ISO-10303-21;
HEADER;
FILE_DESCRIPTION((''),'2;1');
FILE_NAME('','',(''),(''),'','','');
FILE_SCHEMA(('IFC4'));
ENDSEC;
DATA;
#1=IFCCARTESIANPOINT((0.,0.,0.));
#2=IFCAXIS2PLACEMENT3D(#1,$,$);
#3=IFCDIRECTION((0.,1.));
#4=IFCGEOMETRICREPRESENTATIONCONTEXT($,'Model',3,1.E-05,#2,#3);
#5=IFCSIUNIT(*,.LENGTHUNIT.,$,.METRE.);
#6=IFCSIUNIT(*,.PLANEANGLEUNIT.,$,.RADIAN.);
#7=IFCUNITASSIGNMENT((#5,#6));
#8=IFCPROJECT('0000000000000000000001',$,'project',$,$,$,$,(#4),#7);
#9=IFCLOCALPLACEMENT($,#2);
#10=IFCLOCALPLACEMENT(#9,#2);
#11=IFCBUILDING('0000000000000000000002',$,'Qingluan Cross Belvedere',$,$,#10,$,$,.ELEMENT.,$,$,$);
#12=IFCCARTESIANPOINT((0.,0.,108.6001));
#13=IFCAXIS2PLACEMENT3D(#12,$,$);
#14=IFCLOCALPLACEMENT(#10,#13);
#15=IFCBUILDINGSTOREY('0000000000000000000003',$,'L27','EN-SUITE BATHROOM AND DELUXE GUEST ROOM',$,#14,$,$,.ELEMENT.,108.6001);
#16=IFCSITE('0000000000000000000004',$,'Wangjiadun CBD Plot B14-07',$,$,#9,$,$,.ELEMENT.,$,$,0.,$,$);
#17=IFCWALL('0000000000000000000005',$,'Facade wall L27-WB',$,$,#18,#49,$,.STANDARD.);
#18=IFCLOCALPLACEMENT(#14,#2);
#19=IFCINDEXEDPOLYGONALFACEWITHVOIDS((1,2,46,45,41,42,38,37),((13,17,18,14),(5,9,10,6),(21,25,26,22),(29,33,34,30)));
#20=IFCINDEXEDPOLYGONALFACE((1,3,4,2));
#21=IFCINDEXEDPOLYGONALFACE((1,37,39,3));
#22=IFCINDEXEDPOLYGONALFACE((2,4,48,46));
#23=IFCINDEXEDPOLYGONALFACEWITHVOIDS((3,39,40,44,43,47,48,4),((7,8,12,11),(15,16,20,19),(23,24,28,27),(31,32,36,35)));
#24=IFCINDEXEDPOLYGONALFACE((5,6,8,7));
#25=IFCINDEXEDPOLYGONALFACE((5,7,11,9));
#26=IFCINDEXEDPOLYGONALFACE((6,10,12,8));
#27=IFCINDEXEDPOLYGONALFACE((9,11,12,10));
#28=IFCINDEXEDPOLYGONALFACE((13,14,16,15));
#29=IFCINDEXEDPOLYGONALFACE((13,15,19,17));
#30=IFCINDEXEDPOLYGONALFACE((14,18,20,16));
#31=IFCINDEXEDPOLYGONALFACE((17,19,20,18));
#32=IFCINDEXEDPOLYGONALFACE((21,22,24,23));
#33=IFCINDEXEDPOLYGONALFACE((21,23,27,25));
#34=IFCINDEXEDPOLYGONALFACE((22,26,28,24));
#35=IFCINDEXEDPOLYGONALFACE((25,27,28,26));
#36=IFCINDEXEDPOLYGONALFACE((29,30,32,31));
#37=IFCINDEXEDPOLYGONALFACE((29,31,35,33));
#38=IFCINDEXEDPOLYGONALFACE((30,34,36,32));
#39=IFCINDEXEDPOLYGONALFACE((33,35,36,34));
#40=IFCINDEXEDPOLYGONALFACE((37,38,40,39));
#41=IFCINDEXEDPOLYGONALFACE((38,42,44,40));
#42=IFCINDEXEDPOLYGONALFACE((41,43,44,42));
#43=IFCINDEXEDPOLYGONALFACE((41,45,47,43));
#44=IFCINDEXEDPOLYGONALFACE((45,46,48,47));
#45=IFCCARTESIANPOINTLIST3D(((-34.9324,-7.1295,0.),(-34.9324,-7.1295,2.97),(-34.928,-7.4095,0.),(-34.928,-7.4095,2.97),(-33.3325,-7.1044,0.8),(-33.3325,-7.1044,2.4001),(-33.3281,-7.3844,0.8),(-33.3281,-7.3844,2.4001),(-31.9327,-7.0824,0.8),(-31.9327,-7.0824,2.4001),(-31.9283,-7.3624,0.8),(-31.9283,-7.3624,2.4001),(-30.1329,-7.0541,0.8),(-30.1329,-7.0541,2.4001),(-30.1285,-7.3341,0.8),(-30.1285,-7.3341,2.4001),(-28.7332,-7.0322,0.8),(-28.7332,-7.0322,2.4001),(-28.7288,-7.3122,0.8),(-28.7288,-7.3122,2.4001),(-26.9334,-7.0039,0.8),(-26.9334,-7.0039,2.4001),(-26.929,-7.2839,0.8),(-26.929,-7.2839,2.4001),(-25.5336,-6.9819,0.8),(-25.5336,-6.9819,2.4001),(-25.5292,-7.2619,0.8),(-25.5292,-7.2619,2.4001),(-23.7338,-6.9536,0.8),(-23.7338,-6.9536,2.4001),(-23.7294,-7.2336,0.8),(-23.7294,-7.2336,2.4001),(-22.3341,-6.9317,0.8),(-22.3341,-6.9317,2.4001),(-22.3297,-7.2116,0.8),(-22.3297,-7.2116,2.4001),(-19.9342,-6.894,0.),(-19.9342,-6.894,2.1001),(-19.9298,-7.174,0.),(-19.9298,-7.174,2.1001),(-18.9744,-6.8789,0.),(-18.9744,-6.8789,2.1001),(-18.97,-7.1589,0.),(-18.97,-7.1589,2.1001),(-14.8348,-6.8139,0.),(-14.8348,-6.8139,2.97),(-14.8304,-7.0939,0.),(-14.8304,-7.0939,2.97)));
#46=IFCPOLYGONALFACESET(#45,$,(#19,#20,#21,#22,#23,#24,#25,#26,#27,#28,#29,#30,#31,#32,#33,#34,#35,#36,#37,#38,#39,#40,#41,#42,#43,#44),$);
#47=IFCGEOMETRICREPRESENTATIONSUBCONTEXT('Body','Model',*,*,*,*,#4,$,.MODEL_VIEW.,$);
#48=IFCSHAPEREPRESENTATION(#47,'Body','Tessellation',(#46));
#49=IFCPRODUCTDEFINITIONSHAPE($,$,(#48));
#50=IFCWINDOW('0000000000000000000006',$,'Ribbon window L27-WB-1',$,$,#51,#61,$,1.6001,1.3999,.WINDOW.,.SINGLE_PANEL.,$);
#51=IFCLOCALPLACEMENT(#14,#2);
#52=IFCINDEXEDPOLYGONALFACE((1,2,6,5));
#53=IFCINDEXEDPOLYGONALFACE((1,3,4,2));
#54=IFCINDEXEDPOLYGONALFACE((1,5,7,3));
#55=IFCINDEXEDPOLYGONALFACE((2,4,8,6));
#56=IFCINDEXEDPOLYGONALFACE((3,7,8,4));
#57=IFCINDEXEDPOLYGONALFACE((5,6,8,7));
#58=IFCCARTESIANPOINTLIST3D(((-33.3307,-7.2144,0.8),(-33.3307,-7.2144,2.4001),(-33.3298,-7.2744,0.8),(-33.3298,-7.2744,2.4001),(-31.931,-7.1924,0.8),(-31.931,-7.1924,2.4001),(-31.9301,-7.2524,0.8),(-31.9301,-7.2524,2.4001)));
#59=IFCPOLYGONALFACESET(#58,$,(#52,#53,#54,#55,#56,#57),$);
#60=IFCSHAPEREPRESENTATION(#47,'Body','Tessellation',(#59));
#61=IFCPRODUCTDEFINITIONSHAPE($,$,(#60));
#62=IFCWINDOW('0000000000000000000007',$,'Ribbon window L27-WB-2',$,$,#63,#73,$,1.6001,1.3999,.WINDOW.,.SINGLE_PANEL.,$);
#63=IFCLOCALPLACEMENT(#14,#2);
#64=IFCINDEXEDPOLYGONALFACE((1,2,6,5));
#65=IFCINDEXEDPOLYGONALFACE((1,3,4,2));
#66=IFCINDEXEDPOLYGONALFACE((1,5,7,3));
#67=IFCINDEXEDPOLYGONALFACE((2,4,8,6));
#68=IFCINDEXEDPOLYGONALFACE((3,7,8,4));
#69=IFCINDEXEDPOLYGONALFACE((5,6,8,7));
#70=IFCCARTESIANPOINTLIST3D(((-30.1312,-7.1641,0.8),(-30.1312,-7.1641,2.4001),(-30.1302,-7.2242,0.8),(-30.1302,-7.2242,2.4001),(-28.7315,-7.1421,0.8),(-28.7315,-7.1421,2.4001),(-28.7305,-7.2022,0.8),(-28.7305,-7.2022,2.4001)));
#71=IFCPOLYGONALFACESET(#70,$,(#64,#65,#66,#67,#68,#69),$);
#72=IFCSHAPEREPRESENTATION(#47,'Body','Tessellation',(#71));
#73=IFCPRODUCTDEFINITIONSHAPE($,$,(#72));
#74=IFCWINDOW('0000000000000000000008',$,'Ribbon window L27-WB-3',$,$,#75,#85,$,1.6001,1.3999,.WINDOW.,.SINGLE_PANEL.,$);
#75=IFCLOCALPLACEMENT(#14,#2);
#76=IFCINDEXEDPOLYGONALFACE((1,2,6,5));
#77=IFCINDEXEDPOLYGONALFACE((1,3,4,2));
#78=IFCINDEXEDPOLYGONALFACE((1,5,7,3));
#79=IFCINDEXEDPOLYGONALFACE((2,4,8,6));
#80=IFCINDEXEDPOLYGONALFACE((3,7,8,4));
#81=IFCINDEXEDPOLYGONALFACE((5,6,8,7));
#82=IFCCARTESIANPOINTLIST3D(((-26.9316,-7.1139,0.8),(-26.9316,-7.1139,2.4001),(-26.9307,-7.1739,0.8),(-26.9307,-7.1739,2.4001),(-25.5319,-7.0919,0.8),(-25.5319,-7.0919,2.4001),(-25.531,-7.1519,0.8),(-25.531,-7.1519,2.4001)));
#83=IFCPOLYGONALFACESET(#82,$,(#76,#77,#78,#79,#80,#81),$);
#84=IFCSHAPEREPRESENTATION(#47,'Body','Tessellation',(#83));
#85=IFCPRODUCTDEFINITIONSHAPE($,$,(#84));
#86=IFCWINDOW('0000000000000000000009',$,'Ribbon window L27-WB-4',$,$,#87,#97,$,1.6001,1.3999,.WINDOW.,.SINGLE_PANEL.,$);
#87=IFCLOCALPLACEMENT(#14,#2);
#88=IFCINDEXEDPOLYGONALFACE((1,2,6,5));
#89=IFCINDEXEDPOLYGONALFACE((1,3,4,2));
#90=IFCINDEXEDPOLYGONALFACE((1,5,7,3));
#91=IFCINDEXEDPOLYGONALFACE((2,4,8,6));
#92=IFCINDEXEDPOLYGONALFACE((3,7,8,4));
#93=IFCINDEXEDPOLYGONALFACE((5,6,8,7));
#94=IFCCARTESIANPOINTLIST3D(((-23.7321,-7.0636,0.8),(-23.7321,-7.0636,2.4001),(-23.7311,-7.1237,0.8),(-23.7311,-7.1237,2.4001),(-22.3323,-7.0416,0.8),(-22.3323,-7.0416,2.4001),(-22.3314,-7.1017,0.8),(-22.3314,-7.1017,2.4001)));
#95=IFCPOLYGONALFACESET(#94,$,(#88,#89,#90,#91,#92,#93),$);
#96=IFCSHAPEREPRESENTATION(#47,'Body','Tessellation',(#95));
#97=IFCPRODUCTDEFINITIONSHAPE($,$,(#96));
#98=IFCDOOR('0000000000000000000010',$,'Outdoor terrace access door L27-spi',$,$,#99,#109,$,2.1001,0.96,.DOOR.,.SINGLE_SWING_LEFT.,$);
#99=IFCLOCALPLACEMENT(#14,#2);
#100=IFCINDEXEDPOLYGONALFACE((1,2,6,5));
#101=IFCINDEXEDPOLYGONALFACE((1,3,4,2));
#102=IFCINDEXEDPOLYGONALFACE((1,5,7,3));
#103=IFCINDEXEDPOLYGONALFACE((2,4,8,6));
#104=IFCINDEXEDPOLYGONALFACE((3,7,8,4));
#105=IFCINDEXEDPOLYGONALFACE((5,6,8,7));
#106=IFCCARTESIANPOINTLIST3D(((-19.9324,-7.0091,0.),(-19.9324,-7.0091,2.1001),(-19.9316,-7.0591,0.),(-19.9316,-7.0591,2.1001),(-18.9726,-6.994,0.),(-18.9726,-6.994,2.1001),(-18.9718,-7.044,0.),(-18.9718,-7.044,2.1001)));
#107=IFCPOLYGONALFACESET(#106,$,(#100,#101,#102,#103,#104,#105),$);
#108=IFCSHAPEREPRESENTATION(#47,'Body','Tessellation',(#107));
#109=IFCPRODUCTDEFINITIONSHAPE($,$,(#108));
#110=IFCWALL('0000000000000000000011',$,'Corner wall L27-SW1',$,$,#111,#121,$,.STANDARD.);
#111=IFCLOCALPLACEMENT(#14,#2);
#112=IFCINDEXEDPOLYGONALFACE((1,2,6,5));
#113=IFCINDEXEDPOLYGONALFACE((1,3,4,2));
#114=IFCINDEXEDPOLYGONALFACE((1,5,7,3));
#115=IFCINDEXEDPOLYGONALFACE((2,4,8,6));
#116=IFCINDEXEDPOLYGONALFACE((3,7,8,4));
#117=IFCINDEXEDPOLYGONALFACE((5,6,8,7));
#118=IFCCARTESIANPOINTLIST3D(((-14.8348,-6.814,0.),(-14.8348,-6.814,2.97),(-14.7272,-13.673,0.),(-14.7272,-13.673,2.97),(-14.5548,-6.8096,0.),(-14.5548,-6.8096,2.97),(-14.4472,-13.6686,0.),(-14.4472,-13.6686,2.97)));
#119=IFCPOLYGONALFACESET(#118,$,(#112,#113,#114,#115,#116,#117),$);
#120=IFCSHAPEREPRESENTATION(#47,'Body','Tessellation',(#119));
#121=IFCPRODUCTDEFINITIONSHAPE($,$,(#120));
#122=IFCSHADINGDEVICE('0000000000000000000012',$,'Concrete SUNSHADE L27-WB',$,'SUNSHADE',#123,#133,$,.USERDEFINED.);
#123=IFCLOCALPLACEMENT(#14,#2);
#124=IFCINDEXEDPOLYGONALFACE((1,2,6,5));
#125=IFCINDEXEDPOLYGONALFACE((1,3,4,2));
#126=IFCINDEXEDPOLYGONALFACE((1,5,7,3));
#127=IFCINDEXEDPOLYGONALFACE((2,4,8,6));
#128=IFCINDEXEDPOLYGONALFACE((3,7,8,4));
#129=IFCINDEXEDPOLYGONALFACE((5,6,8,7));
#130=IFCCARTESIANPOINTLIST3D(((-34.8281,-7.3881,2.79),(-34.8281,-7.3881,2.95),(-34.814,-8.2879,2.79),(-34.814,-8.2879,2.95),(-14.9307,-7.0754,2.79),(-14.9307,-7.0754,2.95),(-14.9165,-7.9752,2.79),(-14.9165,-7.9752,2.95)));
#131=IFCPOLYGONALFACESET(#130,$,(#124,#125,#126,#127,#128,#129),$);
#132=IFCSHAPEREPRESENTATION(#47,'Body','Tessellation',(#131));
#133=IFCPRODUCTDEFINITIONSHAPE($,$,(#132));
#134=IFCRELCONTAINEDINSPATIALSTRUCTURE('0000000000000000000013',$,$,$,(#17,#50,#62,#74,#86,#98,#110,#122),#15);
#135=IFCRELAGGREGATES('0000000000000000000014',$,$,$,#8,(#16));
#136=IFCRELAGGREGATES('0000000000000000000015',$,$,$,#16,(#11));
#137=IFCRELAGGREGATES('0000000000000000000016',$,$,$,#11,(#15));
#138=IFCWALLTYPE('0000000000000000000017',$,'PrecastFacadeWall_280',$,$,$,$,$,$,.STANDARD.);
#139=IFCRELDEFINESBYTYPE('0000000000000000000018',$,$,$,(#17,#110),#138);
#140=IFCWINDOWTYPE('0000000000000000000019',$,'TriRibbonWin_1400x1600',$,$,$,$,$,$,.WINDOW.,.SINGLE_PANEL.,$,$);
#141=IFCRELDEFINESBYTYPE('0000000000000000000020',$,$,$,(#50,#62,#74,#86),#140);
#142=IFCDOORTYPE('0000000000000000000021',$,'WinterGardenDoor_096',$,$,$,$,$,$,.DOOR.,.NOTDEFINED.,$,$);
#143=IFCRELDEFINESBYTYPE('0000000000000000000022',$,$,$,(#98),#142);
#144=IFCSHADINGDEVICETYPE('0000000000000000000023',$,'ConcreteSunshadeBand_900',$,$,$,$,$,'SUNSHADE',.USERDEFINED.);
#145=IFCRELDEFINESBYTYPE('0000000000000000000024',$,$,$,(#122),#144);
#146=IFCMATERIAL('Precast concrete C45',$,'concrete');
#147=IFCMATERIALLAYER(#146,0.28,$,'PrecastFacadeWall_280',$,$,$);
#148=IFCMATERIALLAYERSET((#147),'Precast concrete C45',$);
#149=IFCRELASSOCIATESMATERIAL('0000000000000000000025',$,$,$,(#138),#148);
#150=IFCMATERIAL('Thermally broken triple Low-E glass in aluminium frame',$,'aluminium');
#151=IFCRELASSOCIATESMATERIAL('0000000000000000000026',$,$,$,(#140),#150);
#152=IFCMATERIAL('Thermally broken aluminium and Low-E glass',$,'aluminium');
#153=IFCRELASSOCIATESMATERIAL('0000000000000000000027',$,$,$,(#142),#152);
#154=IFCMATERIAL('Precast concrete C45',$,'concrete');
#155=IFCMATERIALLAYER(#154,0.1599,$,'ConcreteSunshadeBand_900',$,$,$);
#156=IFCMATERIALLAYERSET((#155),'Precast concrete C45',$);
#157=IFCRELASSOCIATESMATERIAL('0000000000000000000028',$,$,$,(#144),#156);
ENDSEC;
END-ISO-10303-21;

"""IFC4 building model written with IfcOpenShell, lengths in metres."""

from ifc_helpers import new_model, si_unit, direction, frame, frame_2d, origin, origin_2d, place, context, subcontext, project, spatial, rectangle, extrude, material, layer, layer_set, type_object, element, fill, save


model = new_model("IFC4")

# Units and contexts
model_context = context("Model", 3, precision=1e-05, world=origin(), true_north=direction((0.0, 1.0)))
body_context = subcontext(model_context, "Body", "Model", "MODEL_VIEW")
ifc_project = project(units=[si_unit("LENGTHUNIT", "METRE"), si_unit("PLANEANGLEUNIT", "RADIAN")], contexts=[model_context])

# Site, building, storey
site_placement = place(None, origin())
site = spatial("IfcSite", under=ifc_project, at=site_placement, Name="Wangjiadun CBD Plot B14-07", CompositionType="ELEMENT", RefElevation=0.0)
building_placement = place(site_placement, origin())
building = spatial("IfcBuilding", under=site, at=building_placement, Name="Qingluan Cross Belvedere", CompositionType="ELEMENT")
storey_placement = place(building_placement, frame((0.0, 0.0, 108.6001)))
storey = spatial("IfcBuildingStorey", under=building, at=storey_placement, Name="L27", Description="EN-SUITE BATHROOM AND DELUXE GUEST ROOM", CompositionType="ELEMENT", Elevation=108.6001)

# Wall, openings, windows, door
ifc_material_1 = material(Name="Precast concrete C45", Category="concrete")
ifc_layer_1 = layer(ifc_material_1, 0.28, Name="PrecastFacadeWall_280")
ifc_layer_set_1 = layer_set([ifc_layer_1], Name="Precast concrete C45")
wall_type_1 = type_object("IfcWallType", Name="PrecastFacadeWall_280", PredefinedType="STANDARD", material=ifc_layer_set_1)
wall_1_placement = place(storey_placement, frame((-34.9302, -7.2695, 0.0), z_axis=(0.0, 0.0, 1.0), x_axis=(0.999877, 0.015705, 0.0)))
wall_1 = element("IfcWall", 1, at=wall_1_placement, inside=storey, type_object=wall_type_1, Name="Facade wall L27-WB", PredefinedType="STANDARD", context=body_context, shape_type="SweptSolid", body=[
    extrude(rectangle(XDim=20.1001, YDim=0.28, at=frame_2d((10.05, 0.0))), origin(), (0.0, 0.0, 1.0), 2.97),
])
opening_1_placement = place(wall_1_placement, frame((1.6001, 0.0, 0.8)))
opening_1 = element("IfcOpeningElement", 2, at=opening_1_placement, cuts=wall_1, PredefinedType="OPENING", context=body_context, shape_type="SweptSolid", body=[
    extrude(rectangle(XDim=1.3999, YDim=1.6001, at=frame_2d((0.7, 0.8))), frame((0.0, 0.1499, 0.0), z_axis=(0.0, -1.0, 0.0), x_axis=(1.0, 0.0, 0.0)), (0.0, 0.0, 1.0), 0.3),
])
opening_2_placement = place(wall_1_placement, frame((4.8, 0.0, 0.8)))
opening_2 = element("IfcOpeningElement", 3, at=opening_2_placement, cuts=wall_1, PredefinedType="OPENING", context=body_context, shape_type="SweptSolid", body=[
    extrude(rectangle(XDim=1.3999, YDim=1.6001, at=frame_2d((0.7, 0.8))), frame((0.0, 0.1499, 0.0), z_axis=(0.0, -1.0, 0.0), x_axis=(1.0, 0.0, 0.0)), (0.0, 0.0, 1.0), 0.3),
])
opening_3_placement = place(wall_1_placement, frame((8.0, 0.0, 0.8)))
opening_3 = element("IfcOpeningElement", 4, at=opening_3_placement, cuts=wall_1, PredefinedType="OPENING", context=body_context, shape_type="SweptSolid", body=[
    extrude(rectangle(XDim=1.3999, YDim=1.6001, at=frame_2d((0.7, 0.8))), frame((0.0, 0.1499, 0.0), z_axis=(0.0, -1.0, 0.0), x_axis=(1.0, 0.0, 0.0)), (0.0, 0.0, 1.0), 0.3),
])
opening_4_placement = place(wall_1_placement, frame((11.2, 0.0, 0.8)))
opening_4 = element("IfcOpeningElement", 5, at=opening_4_placement, cuts=wall_1, PredefinedType="OPENING", context=body_context, shape_type="SweptSolid", body=[
    extrude(rectangle(XDim=1.3999, YDim=1.6001, at=frame_2d((0.7, 0.8))), frame((0.0, 0.1499, 0.0), z_axis=(0.0, -1.0, 0.0), x_axis=(1.0, 0.0, 0.0)), (0.0, 0.0, 1.0), 0.3),
])
opening_5_placement = place(wall_1_placement, frame((15.0, 0.0, 0.0)))
opening_5 = element("IfcOpeningElement", 6, at=opening_5_placement, cuts=wall_1, PredefinedType="OPENING", context=body_context, shape_type="SweptSolid", body=[
    extrude(rectangle(XDim=0.96, YDim=2.1001, at=frame_2d((0.48, 1.05))), frame((0.0, 0.1499, 0.0), z_axis=(0.0, -1.0, 0.0), x_axis=(1.0, 0.0, 0.0)), (0.0, 0.0, 1.0), 0.3),
])
ifc_material_2 = material(Name="Thermally broken triple Low-E glass in aluminium frame", Category="aluminium")
window_type = type_object("IfcWindowType", Name="TriRibbonWin_1400x1600", PartitioningType="SINGLE_PANEL", PredefinedType="WINDOW", material=ifc_material_2)
window_1_placement = place(opening_1_placement, origin())
window_1 = element("IfcWindow", 7, at=window_1_placement, inside=storey, type_object=window_type, Name="Ribbon window L27-WB-1", OverallHeight=1.6001, OverallWidth=1.3999, PartitioningType="SINGLE_PANEL", PredefinedType="WINDOW", context=body_context, shape_type="SweptSolid", body=[
    extrude(rectangle(XDim=1.3999, YDim=1.6001, at=frame_2d((0.7, 0.8))), frame((0.0, 0.03, 0.0), z_axis=(0.0, -1.0, 0.0), x_axis=(1.0, 0.0, 0.0)), (0.0, 0.0, 1.0), 0.0601),
])
fill(opening_1, window_1)
window_2_placement = place(opening_2_placement, origin())
window_2 = element("IfcWindow", 8, at=window_2_placement, inside=storey, type_object=window_type, Name="Ribbon window L27-WB-2", OverallHeight=1.6001, OverallWidth=1.3999, PartitioningType="SINGLE_PANEL", PredefinedType="WINDOW", context=body_context, shape_type="SweptSolid", body=[
    extrude(rectangle(XDim=1.3999, YDim=1.6001, at=frame_2d((0.7, 0.8))), frame((0.0, 0.03, 0.0), z_axis=(0.0, -1.0, 0.0), x_axis=(1.0, 0.0, 0.0)), (0.0, 0.0, 1.0), 0.0601),
])
fill(opening_2, window_2)
window_3_placement = place(opening_3_placement, origin())
window_3 = element("IfcWindow", 9, at=window_3_placement, inside=storey, type_object=window_type, Name="Ribbon window L27-WB-3", OverallHeight=1.6001, OverallWidth=1.3999, PartitioningType="SINGLE_PANEL", PredefinedType="WINDOW", context=body_context, shape_type="SweptSolid", body=[
    extrude(rectangle(XDim=1.3999, YDim=1.6001, at=frame_2d((0.7, 0.8))), frame((0.0, 0.03, 0.0), z_axis=(0.0, -1.0, 0.0), x_axis=(1.0, 0.0, 0.0)), (0.0, 0.0, 1.0), 0.0601),
])
fill(opening_3, window_3)
window_4_placement = place(opening_4_placement, origin())
window_4 = element("IfcWindow", 10, at=window_4_placement, inside=storey, type_object=window_type, Name="Ribbon window L27-WB-4", OverallHeight=1.6001, OverallWidth=1.3999, PartitioningType="SINGLE_PANEL", PredefinedType="WINDOW", context=body_context, shape_type="SweptSolid", body=[
    extrude(rectangle(XDim=1.3999, YDim=1.6001, at=frame_2d((0.7, 0.8))), frame((0.0, 0.03, 0.0), z_axis=(0.0, -1.0, 0.0), x_axis=(1.0, 0.0, 0.0)), (0.0, 0.0, 1.0), 0.0601),
])
fill(opening_4, window_4)
ifc_material_3 = material(Name="Thermally broken aluminium and Low-E glass", Category="aluminium")
door_type_1 = type_object("IfcDoorType", Name="WinterGardenDoor_096", OperationType="NOTDEFINED", PredefinedType="DOOR", material=ifc_material_3)
door_1_placement = place(opening_5_placement, origin())
door_1 = element("IfcDoor", 11, at=door_1_placement, inside=storey, type_object=door_type_1, Name="Outdoor terrace access door L27-spi", OperationType="SINGLE_SWING_LEFT", OverallHeight=2.1001, OverallWidth=0.96, PredefinedType="DOOR", context=body_context, shape_type="SweptSolid", body=[
    extrude(rectangle(XDim=0.96, YDim=2.1001, at=frame_2d((0.48, 1.05))), frame((0.0, 0.0249, 0.0), z_axis=(0.0, -1.0, 0.0), x_axis=(1.0, 0.0, 0.0)), (0.0, 0.0, 1.0), 0.05),
])
fill(opening_5, door_1)

# Wall
wall_2_placement = place(storey_placement, frame((-14.6948, -6.8118, 0.0), z_axis=(0.0, 0.0, 1.0), x_axis=(0.015695, -0.999877, 0.0)))
element("IfcWall", 12, at=wall_2_placement, inside=storey, type_object=wall_type_1, Name="Corner wall L27-SW1", PredefinedType="STANDARD", context=body_context, shape_type="SweptSolid", body=[
    extrude(rectangle(XDim=6.8599, YDim=0.28, at=frame_2d((3.4299, 0.0))), origin(), (0.0, 0.0, 1.0), 2.97),
])

# Shading device
ifc_material_4 = material(Name="Precast concrete C45", Category="concrete")
ifc_layer_2 = layer(ifc_material_4, 0.1599, Name="ConcreteSunshadeBand_900")
ifc_layer_set_2 = layer_set([ifc_layer_2], Name="Precast concrete C45")
shading_device_type = type_object("IfcShadingDeviceType", Name="ConcreteSunshadeBand_900", ElementType="SUNSHADE", PredefinedType="USERDEFINED", material=ifc_layer_set_2)
shading_device_placement = place(storey_placement, frame((-24.8723, -7.6816, 2.79), z_axis=(0.0, 0.0, 1.0), x_axis=(0.999877, 0.015711, 0.0)))
element("IfcShadingDevice", 13, at=shading_device_placement, inside=storey, type_object=shading_device_type, Name="Concrete SUNSHADE L27-WB", ObjectType="SUNSHADE", PredefinedType="USERDEFINED", context=body_context, shape_type="SweptSolid", body=[
    extrude(rectangle(XDim=19.8999, YDim=0.8999, at=origin_2d()), origin(), (0.0, 0.0, 1.0), 0.1599),
])

save(model, "model.ifc")
